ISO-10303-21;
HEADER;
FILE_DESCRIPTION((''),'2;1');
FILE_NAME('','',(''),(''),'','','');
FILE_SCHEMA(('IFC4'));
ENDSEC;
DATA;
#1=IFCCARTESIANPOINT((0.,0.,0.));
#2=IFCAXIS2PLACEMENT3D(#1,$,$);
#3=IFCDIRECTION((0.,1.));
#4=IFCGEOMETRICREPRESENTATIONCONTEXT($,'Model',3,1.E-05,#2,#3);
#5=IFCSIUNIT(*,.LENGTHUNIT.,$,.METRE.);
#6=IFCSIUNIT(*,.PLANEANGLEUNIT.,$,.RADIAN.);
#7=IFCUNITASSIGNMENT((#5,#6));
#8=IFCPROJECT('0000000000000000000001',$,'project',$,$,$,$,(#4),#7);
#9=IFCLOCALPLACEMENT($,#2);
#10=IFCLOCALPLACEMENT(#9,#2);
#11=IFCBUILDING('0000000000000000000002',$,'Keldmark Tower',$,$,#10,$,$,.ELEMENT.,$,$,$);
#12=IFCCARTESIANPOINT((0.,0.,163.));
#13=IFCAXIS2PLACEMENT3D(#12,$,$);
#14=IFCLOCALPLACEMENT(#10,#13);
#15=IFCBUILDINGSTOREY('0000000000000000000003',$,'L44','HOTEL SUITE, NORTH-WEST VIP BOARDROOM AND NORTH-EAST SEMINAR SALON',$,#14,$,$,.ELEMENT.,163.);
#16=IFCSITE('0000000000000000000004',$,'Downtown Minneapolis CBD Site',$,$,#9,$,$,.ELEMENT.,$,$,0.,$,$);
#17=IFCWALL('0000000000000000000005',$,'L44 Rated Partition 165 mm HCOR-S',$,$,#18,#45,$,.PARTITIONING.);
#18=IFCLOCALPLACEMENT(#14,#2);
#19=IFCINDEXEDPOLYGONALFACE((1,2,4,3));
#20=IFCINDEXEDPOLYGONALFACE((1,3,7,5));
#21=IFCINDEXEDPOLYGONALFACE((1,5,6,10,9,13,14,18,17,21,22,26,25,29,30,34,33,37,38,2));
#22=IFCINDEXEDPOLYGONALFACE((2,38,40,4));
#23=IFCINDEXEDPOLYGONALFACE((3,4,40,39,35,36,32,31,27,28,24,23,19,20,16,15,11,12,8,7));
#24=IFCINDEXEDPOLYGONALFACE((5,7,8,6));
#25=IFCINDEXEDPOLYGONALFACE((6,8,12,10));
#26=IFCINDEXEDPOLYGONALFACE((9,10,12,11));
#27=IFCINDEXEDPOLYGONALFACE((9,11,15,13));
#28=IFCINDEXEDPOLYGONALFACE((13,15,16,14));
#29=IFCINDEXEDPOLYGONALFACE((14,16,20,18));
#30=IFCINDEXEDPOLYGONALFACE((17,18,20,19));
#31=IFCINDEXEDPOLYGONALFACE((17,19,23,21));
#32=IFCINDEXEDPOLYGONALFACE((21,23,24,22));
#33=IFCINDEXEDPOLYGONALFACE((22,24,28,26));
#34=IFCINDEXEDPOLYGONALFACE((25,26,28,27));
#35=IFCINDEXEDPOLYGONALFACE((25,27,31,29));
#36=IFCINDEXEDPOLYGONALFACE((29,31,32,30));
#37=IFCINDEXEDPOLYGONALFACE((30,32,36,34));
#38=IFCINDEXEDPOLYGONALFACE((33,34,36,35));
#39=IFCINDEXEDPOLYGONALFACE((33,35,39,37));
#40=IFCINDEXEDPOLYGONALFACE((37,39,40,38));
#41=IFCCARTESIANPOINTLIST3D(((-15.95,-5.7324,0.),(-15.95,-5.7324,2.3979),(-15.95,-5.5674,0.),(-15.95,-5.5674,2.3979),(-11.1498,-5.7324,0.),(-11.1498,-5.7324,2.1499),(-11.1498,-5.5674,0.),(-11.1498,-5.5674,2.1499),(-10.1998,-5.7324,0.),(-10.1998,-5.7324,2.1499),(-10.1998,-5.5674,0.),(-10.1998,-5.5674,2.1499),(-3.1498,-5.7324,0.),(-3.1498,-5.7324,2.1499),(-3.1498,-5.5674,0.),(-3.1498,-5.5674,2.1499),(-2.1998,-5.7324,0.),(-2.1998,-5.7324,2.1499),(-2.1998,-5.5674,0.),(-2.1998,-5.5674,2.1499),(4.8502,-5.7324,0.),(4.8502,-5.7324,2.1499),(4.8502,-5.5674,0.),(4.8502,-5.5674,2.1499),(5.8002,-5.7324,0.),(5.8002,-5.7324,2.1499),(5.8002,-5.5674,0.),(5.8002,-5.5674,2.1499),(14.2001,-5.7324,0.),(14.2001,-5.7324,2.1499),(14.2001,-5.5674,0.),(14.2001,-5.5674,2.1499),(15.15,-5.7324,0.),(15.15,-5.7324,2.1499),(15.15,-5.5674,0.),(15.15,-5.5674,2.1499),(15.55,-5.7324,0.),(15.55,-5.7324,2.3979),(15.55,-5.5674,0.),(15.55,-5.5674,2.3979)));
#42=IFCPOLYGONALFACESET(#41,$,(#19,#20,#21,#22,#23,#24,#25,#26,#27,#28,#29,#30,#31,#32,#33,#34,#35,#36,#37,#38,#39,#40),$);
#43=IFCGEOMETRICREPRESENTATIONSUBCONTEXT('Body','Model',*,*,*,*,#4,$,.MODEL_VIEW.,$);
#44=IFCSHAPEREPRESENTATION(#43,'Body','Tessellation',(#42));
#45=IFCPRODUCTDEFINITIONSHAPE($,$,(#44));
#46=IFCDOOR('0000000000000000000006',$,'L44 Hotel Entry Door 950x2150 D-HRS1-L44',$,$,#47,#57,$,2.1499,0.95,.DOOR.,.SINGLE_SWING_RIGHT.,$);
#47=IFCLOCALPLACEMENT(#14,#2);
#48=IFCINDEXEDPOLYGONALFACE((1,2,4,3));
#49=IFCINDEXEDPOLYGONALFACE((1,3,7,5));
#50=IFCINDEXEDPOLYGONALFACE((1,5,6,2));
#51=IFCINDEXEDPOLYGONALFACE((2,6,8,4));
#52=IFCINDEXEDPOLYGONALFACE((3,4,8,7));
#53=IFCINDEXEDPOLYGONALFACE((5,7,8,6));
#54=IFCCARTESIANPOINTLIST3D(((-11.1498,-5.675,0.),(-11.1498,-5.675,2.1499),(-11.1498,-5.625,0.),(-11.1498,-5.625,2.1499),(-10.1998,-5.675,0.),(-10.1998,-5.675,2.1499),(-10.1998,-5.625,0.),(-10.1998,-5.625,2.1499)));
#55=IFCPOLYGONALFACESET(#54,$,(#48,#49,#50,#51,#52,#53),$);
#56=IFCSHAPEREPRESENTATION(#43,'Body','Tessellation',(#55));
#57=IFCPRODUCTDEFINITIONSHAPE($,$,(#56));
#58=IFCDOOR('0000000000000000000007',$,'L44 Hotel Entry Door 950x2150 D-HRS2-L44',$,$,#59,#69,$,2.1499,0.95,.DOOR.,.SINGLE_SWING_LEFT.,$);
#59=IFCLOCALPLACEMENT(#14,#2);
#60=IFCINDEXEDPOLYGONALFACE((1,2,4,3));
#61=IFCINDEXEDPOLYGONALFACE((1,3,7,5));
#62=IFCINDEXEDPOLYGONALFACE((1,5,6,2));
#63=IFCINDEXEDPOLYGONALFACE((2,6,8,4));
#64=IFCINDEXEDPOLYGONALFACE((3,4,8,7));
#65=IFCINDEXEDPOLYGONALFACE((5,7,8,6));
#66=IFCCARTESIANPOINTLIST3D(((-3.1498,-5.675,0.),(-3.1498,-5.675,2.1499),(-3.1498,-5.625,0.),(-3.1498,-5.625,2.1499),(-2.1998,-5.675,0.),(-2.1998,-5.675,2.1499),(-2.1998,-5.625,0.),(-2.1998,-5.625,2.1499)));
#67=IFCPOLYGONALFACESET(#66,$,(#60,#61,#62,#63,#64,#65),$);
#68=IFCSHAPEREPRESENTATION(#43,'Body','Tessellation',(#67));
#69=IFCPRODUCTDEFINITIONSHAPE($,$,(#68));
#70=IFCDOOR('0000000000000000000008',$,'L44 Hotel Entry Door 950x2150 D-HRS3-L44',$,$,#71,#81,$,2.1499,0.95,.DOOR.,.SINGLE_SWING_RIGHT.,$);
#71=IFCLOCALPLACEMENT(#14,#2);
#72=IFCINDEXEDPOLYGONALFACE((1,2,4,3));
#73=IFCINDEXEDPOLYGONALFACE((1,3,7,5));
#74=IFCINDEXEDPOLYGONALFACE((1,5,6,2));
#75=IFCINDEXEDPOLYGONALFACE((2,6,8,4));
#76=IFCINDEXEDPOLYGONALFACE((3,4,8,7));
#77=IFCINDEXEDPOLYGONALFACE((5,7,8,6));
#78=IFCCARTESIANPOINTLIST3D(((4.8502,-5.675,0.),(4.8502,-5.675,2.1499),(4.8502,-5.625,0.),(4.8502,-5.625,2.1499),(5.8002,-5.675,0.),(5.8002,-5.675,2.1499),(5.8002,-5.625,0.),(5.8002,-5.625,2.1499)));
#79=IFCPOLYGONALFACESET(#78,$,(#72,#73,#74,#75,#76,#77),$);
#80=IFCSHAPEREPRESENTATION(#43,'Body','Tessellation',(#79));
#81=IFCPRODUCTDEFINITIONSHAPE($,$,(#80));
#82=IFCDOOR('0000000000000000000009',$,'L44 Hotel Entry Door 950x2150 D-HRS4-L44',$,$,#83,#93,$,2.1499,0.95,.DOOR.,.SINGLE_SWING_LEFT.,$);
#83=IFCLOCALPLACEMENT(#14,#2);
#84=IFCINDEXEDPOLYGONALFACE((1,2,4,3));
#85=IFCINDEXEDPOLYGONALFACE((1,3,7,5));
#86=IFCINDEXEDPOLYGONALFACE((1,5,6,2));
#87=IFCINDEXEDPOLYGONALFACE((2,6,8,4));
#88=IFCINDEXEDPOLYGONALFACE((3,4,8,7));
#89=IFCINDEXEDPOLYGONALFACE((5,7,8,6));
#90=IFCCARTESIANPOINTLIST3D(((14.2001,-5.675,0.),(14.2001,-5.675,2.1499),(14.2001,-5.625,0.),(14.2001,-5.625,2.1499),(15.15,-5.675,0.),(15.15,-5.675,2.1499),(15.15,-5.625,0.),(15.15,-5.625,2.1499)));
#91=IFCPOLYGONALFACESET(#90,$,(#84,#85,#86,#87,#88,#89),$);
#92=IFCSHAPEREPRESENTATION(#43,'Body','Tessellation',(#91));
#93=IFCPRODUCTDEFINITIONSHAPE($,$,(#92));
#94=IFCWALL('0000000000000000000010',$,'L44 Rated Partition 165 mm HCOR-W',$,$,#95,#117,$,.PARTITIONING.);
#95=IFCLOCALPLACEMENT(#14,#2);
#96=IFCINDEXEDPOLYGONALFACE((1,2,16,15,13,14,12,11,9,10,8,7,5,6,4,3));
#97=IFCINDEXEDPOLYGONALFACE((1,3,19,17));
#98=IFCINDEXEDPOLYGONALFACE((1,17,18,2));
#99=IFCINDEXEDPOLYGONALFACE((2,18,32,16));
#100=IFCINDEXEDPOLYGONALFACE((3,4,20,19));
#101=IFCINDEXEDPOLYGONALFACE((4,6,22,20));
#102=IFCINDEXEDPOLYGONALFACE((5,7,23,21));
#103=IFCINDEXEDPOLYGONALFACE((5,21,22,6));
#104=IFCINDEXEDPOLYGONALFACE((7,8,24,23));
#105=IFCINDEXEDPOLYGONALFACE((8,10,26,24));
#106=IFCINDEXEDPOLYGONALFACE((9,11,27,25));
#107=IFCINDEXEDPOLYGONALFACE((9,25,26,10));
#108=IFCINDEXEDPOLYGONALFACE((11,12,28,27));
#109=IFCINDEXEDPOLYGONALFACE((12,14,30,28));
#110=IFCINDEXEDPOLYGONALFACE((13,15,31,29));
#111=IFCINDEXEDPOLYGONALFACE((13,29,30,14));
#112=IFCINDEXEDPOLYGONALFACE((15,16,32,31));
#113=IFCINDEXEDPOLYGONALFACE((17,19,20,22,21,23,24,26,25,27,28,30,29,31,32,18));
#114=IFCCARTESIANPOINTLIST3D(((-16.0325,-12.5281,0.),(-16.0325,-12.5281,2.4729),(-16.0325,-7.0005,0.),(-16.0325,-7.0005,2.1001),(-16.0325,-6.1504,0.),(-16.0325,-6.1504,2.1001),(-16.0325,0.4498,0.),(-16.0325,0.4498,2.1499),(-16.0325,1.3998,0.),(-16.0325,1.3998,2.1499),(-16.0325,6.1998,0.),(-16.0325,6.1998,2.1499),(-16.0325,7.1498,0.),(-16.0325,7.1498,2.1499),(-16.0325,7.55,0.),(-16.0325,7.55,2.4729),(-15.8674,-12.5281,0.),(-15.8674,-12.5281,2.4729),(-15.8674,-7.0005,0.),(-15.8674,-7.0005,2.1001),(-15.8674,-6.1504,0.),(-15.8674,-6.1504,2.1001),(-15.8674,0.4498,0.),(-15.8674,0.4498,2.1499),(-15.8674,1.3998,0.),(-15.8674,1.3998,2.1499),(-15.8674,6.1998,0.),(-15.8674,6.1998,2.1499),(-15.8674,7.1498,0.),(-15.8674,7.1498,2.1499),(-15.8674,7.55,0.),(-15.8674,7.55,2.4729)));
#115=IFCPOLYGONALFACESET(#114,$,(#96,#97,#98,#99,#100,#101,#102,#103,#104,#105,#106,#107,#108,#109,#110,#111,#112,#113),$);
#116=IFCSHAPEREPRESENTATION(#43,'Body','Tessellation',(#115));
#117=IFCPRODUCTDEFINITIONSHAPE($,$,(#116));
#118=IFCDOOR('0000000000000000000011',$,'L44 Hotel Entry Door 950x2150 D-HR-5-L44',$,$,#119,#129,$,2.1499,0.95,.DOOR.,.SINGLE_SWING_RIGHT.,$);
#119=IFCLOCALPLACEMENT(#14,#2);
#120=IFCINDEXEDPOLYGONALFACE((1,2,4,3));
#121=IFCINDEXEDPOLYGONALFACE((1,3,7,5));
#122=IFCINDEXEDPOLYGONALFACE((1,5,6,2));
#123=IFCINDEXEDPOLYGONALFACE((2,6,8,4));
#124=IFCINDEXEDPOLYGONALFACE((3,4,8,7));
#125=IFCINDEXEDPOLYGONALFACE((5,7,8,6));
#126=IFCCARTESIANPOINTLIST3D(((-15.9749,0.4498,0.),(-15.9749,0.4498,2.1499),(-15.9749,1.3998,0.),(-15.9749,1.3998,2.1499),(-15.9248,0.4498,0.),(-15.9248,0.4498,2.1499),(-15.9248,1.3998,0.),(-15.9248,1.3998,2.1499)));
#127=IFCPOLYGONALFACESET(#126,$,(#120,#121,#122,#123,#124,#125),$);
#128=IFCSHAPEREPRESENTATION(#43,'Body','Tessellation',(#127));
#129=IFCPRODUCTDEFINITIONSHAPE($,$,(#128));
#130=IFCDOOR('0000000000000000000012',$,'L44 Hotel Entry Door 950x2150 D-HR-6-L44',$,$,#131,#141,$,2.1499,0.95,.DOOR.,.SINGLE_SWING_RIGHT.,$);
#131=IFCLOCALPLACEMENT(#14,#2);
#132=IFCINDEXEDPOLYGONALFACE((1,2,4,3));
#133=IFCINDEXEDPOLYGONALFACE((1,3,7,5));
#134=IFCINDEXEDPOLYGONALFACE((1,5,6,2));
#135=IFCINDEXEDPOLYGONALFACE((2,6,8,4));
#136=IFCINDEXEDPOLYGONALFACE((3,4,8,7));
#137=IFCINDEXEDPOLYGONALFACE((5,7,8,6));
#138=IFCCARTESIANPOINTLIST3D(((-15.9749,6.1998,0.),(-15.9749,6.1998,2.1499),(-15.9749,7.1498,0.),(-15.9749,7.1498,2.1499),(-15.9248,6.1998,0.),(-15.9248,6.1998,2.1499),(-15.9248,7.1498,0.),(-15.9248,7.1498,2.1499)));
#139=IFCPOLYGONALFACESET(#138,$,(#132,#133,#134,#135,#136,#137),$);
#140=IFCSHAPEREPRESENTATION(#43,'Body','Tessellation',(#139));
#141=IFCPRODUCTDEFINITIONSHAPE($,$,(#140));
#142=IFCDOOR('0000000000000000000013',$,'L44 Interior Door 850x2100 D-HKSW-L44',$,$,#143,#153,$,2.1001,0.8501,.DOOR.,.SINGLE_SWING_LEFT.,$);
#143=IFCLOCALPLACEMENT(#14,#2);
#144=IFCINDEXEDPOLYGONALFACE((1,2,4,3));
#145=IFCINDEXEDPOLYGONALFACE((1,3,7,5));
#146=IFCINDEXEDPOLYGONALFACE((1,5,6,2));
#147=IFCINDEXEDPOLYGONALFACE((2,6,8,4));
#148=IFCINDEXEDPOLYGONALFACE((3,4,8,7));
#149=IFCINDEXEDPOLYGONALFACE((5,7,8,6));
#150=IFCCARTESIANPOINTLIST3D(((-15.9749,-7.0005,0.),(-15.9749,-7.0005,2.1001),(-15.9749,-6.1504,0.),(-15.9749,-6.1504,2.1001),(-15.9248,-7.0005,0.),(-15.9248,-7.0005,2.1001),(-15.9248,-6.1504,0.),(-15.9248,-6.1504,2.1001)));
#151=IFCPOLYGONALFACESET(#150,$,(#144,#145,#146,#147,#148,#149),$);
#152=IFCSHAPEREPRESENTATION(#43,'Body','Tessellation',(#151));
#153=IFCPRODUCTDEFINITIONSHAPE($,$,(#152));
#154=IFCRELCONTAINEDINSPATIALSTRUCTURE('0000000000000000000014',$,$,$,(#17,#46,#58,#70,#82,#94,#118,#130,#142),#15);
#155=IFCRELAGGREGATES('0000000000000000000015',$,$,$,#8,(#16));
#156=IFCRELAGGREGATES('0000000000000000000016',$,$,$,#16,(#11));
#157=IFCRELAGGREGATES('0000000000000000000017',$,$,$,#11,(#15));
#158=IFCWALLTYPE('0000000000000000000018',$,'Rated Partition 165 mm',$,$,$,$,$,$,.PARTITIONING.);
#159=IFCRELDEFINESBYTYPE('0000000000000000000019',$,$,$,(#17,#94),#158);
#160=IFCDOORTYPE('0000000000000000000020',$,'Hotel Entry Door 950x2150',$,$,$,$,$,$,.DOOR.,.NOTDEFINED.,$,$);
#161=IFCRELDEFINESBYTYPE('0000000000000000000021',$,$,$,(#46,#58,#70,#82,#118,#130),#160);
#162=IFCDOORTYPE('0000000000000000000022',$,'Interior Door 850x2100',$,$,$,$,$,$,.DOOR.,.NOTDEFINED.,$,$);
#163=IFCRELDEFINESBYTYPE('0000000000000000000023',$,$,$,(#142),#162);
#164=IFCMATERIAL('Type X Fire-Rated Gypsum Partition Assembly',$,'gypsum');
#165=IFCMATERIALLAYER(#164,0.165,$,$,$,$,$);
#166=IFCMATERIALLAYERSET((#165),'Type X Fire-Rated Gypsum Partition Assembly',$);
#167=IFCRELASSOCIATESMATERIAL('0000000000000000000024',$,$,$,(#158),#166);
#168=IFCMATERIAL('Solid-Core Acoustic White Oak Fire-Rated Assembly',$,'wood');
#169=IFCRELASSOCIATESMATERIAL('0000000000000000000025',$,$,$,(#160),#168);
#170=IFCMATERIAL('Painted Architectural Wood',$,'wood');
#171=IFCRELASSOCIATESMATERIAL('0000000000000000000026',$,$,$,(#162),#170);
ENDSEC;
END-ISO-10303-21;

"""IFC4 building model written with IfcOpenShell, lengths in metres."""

from ifc_helpers import new_model, si_unit, direction, frame, frame_2d, origin, place, context, subcontext, project, spatial, rectangle, extrude, material, layer, layer_set, type_object, element, fill, save


model = new_model("IFC4")

# Units and contexts
model_context = context("Model", 3, precision=1e-05, world=origin(), true_north=direction((0.0, 1.0)))
body_context = subcontext(model_context, "Body", "Model", "MODEL_VIEW")
ifc_project = project(units=[si_unit("LENGTHUNIT", "METRE"), si_unit("PLANEANGLEUNIT", "RADIAN")], contexts=[model_context])

# Site, building, storey
site_placement = place(None, origin())
site = spatial("IfcSite", under=ifc_project, at=site_placement, Name="Downtown Minneapolis CBD Site", CompositionType="ELEMENT", RefElevation=0.0)
building_placement = place(site_placement, origin())
building = spatial("IfcBuilding", under=site, at=building_placement, Name="Keldmark Tower", CompositionType="ELEMENT")
storey_placement = place(building_placement, frame((0.0, 0.0, 163.0)))
storey = spatial("IfcBuildingStorey", under=building, at=storey_placement, Name="L44", Description="HOTEL SUITE, NORTH-WEST VIP BOARDROOM AND NORTH-EAST SEMINAR SALON", CompositionType="ELEMENT", Elevation=163.0)

# Walls, openings, doors
ifc_material_1 = material(Name="Type X Fire-Rated Gypsum Partition Assembly", Category="gypsum")
ifc_layer_1 = layer(ifc_material_1, 0.165)
ifc_layer_set_1 = layer_set([ifc_layer_1], Name="Type X Fire-Rated Gypsum Partition Assembly")
wall_type_1 = type_object("IfcWallType", Name="Rated Partition 165 mm", PredefinedType="PARTITIONING", material=ifc_layer_set_1)
wall_1_placement = place(storey_placement, frame((-15.95, -5.6499, 0.0), z_axis=(0.0, 0.0, 1.0), x_axis=(1.0, 0.0, 0.0)))
wall_1 = element("IfcWall", 1, at=wall_1_placement, inside=storey, type_object=wall_type_1, Name="L44 Rated Partition 165 mm HCOR-S", PredefinedType="PARTITIONING", context=body_context, shape_type="SweptSolid", body=[
    extrude(rectangle(XDim=31.5, YDim=0.165, at=frame_2d((15.75, 0.0))), origin(), (0.0, 0.0, 1.0), 2.3979),
])
opening_1_placement = place(wall_1_placement, frame((4.8, 0.0, 0.0)))
opening_1 = element("IfcOpeningElement", 2, at=opening_1_placement, cuts=wall_1, PredefinedType="OPENING", context=body_context, shape_type="SweptSolid", body=[
    extrude(rectangle(XDim=0.95, YDim=2.1499, at=frame_2d((0.4751, 1.075))), frame((0.0, 0.0925, 0.0), z_axis=(0.0, -1.0, 0.0), x_axis=(1.0, 0.0, 0.0)), (0.0, 0.0, 1.0), 0.1851),
])
opening_2_placement = place(wall_1_placement, frame((12.8, 0.0, 0.0)))
opening_2 = element("IfcOpeningElement", 3, at=opening_2_placement, cuts=wall_1, PredefinedType="OPENING", context=body_context, shape_type="SweptSolid", body=[
    extrude(rectangle(XDim=0.95, YDim=2.1499, at=frame_2d((0.4751, 1.075))), frame((0.0, 0.0925, 0.0), z_axis=(0.0, -1.0, 0.0), x_axis=(1.0, 0.0, 0.0)), (0.0, 0.0, 1.0), 0.1851),
])
opening_3_placement = place(wall_1_placement, frame((20.8, 0.0, 0.0)))
opening_3 = element("IfcOpeningElement", 4, at=opening_3_placement, cuts=wall_1, PredefinedType="OPENING", context=body_context, shape_type="SweptSolid", body=[
    extrude(rectangle(XDim=0.95, YDim=2.1499, at=frame_2d((0.4751, 1.075))), frame((0.0, 0.0925, 0.0), z_axis=(0.0, -1.0, 0.0), x_axis=(1.0, 0.0, 0.0)), (0.0, 0.0, 1.0), 0.1851),
])
opening_4_placement = place(wall_1_placement, frame((30.1499, 0.0, 0.0)))
opening_4 = element("IfcOpeningElement", 5, at=opening_4_placement, cuts=wall_1, PredefinedType="OPENING", context=body_context, shape_type="SweptSolid", body=[
    extrude(rectangle(XDim=0.95, YDim=2.1499, at=frame_2d((0.4751, 1.075))), frame((0.0, 0.0925, 0.0), z_axis=(0.0, -1.0, 0.0), x_axis=(1.0, 0.0, 0.0)), (0.0, 0.0, 1.0), 0.1851),
])
ifc_material_2 = material(Name="Solid-Core Acoustic White Oak Fire-Rated Assembly", Category="wood")
door_type_1 = type_object("IfcDoorType", Name="Hotel Entry Door 950x2150", OperationType="NOTDEFINED", PredefinedType="DOOR", material=ifc_material_2)
door_1_placement = place(opening_1_placement, origin())
door_1 = element("IfcDoor", 6, at=door_1_placement, inside=storey, type_object=door_type_1, Name="L44 Hotel Entry Door 950x2150 D-HRS1-L44", OperationType="SINGLE_SWING_RIGHT", OverallHeight=2.1499, OverallWidth=0.95, PredefinedType="DOOR", context=body_context, shape_type="SweptSolid", body=[
    extrude(rectangle(XDim=0.95, YDim=2.1499, at=frame_2d((0.4751, 1.075))), frame((0.0, 0.0249, 0.0), z_axis=(0.0, -1.0, 0.0), x_axis=(1.0, 0.0, 0.0)), (0.0, 0.0, 1.0), 0.05),
])
fill(opening_1, door_1)
door_2_placement = place(opening_2_placement, origin())
door_2 = element("IfcDoor", 7, at=door_2_placement, inside=storey, type_object=door_type_1, Name="L44 Hotel Entry Door 950x2150 D-HRS2-L44", OperationType="SINGLE_SWING_LEFT", OverallHeight=2.1499, OverallWidth=0.95, PredefinedType="DOOR", context=body_context, shape_type="SweptSolid", body=[
    extrude(rectangle(XDim=0.95, YDim=2.1499, at=frame_2d((0.4751, 1.075))), frame((0.0, 0.0249, 0.0), z_axis=(0.0, -1.0, 0.0), x_axis=(1.0, 0.0, 0.0)), (0.0, 0.0, 1.0), 0.05),
])
fill(opening_2, door_2)
door_3_placement = place(opening_3_placement, origin())
door_3 = element("IfcDoor", 8, at=door_3_placement, inside=storey, type_object=door_type_1, Name="L44 Hotel Entry Door 950x2150 D-HRS3-L44", OperationType="SINGLE_SWING_RIGHT", OverallHeight=2.1499, OverallWidth=0.95, PredefinedType="DOOR", context=body_context, shape_type="SweptSolid", body=[
    extrude(rectangle(XDim=0.95, YDim=2.1499, at=frame_2d((0.4751, 1.075))), frame((0.0, 0.0249, 0.0), z_axis=(0.0, -1.0, 0.0), x_axis=(1.0, 0.0, 0.0)), (0.0, 0.0, 1.0), 0.05),
])
fill(opening_3, door_3)
door_4_placement = place(opening_4_placement, origin())
door_4 = element("IfcDoor", 9, at=door_4_placement, inside=storey, type_object=door_type_1, Name="L44 Hotel Entry Door 950x2150 D-HRS4-L44", OperationType="SINGLE_SWING_LEFT", OverallHeight=2.1499, OverallWidth=0.95, PredefinedType="DOOR", context=body_context, shape_type="SweptSolid", body=[
    extrude(rectangle(XDim=0.95, YDim=2.1499, at=frame_2d((0.4751, 1.075))), frame((0.0, 0.0249, 0.0), z_axis=(0.0, -1.0, 0.0), x_axis=(1.0, 0.0, 0.0)), (0.0, 0.0, 1.0), 0.05),
])
fill(opening_4, door_4)
wall_2_placement = place(storey_placement, frame((-15.95, -12.5281, 0.0), z_axis=(0.0, 0.0, 1.0), x_axis=(0.0, 1.0, 0.0)))
wall_2 = element("IfcWall", 10, at=wall_2_placement, inside=storey, type_object=wall_type_1, Name="L44 Rated Partition 165 mm HCOR-W", PredefinedType="PARTITIONING", context=body_context, shape_type="SweptSolid", body=[
    extrude(rectangle(XDim=20.0781, YDim=0.165, at=frame_2d((10.0391, 0.0))), origin(), (0.0, 0.0, 1.0), 2.4729),
])
opening_5_placement = place(wall_2_placement, frame((5.5276, 0.0, 0.0)))
opening_5 = element("IfcOpeningElement", 11, at=opening_5_placement, cuts=wall_2, PredefinedType="OPENING", context=body_context, shape_type="SweptSolid", body=[
    extrude(rectangle(XDim=0.8501, YDim=2.1001, at=frame_2d((0.425, 1.05))), frame((0.0, 0.0925, 0.0), z_axis=(0.0, -1.0, 0.0), x_axis=(1.0, 0.0, 0.0)), (0.0, 0.0, 1.0), 0.1851),
])
opening_6_placement = place(wall_2_placement, frame((12.9778, 0.0, 0.0)))
opening_6 = element("IfcOpeningElement", 12, at=opening_6_placement, cuts=wall_2, PredefinedType="OPENING", context=body_context, shape_type="SweptSolid", body=[
    extrude(rectangle(XDim=0.95, YDim=2.1499, at=frame_2d((0.4751, 1.075))), frame((0.0, 0.0925, 0.0), z_axis=(0.0, -1.0, 0.0), x_axis=(1.0, 0.0, 0.0)), (0.0, 0.0, 1.0), 0.1851),
])
opening_7_placement = place(wall_2_placement, frame((18.7278, 0.0, 0.0)))
opening_7 = element("IfcOpeningElement", 13, at=opening_7_placement, cuts=wall_2, PredefinedType="OPENING", context=body_context, shape_type="SweptSolid", body=[
    extrude(rectangle(XDim=0.95, YDim=2.1499, at=frame_2d((0.4751, 1.075))), frame((0.0, 0.0925, 0.0), z_axis=(0.0, -1.0, 0.0), x_axis=(1.0, 0.0, 0.0)), (0.0, 0.0, 1.0), 0.1851),
])
door_5_placement = place(opening_6_placement, origin())
door_5 = element("IfcDoor", 14, at=door_5_placement, inside=storey, type_object=door_type_1, Name="L44 Hotel Entry Door 950x2150 D-HR-5-L44", OperationType="SINGLE_SWING_RIGHT", OverallHeight=2.1499, OverallWidth=0.95, PredefinedType="DOOR", context=body_context, shape_type="SweptSolid", body=[
    extrude(rectangle(XDim=0.95, YDim=2.1499, at=frame_2d((0.4751, 1.075))), frame((0.0, 0.0249, 0.0), z_axis=(0.0, -1.0, 0.0), x_axis=(1.0, 0.0, 0.0)), (0.0, 0.0, 1.0), 0.05),
])
fill(opening_6, door_5)
door_6_placement = place(opening_7_placement, origin())
door_6 = element("IfcDoor", 15, at=door_6_placement, inside=storey, type_object=door_type_1, Name="L44 Hotel Entry Door 950x2150 D-HR-6-L44", OperationType="SINGLE_SWING_RIGHT", OverallHeight=2.1499, OverallWidth=0.95, PredefinedType="DOOR", context=body_context, shape_type="SweptSolid", body=[
    extrude(rectangle(XDim=0.95, YDim=2.1499, at=frame_2d((0.4751, 1.075))), frame((0.0, 0.0249, 0.0), z_axis=(0.0, -1.0, 0.0), x_axis=(1.0, 0.0, 0.0)), (0.0, 0.0, 1.0), 0.05),
])
fill(opening_7, door_6)
ifc_material_3 = material(Name="Painted Architectural Wood", Category="wood")
door_type_2 = type_object("IfcDoorType", Name="Interior Door 850x2100", OperationType="NOTDEFINED", PredefinedType="DOOR", material=ifc_material_3)
door_7_placement = place(opening_5_placement, origin())
door_7 = element("IfcDoor", 16, at=door_7_placement, inside=storey, type_object=door_type_2, Name="L44 Interior Door 850x2100 D-HKSW-L44", OperationType="SINGLE_SWING_LEFT", OverallHeight=2.1001, OverallWidth=0.8501, PredefinedType="DOOR", context=body_context, shape_type="SweptSolid", body=[
    extrude(rectangle(XDim=0.8501, YDim=2.1001, at=frame_2d((0.425, 1.05))), frame((0.0, 0.0249, 0.0), z_axis=(0.0, -1.0, 0.0), x_axis=(1.0, 0.0, 0.0)), (0.0, 0.0, 1.0), 0.05),
])
fill(opening_5, door_7)

save(model, "model.ifc")
